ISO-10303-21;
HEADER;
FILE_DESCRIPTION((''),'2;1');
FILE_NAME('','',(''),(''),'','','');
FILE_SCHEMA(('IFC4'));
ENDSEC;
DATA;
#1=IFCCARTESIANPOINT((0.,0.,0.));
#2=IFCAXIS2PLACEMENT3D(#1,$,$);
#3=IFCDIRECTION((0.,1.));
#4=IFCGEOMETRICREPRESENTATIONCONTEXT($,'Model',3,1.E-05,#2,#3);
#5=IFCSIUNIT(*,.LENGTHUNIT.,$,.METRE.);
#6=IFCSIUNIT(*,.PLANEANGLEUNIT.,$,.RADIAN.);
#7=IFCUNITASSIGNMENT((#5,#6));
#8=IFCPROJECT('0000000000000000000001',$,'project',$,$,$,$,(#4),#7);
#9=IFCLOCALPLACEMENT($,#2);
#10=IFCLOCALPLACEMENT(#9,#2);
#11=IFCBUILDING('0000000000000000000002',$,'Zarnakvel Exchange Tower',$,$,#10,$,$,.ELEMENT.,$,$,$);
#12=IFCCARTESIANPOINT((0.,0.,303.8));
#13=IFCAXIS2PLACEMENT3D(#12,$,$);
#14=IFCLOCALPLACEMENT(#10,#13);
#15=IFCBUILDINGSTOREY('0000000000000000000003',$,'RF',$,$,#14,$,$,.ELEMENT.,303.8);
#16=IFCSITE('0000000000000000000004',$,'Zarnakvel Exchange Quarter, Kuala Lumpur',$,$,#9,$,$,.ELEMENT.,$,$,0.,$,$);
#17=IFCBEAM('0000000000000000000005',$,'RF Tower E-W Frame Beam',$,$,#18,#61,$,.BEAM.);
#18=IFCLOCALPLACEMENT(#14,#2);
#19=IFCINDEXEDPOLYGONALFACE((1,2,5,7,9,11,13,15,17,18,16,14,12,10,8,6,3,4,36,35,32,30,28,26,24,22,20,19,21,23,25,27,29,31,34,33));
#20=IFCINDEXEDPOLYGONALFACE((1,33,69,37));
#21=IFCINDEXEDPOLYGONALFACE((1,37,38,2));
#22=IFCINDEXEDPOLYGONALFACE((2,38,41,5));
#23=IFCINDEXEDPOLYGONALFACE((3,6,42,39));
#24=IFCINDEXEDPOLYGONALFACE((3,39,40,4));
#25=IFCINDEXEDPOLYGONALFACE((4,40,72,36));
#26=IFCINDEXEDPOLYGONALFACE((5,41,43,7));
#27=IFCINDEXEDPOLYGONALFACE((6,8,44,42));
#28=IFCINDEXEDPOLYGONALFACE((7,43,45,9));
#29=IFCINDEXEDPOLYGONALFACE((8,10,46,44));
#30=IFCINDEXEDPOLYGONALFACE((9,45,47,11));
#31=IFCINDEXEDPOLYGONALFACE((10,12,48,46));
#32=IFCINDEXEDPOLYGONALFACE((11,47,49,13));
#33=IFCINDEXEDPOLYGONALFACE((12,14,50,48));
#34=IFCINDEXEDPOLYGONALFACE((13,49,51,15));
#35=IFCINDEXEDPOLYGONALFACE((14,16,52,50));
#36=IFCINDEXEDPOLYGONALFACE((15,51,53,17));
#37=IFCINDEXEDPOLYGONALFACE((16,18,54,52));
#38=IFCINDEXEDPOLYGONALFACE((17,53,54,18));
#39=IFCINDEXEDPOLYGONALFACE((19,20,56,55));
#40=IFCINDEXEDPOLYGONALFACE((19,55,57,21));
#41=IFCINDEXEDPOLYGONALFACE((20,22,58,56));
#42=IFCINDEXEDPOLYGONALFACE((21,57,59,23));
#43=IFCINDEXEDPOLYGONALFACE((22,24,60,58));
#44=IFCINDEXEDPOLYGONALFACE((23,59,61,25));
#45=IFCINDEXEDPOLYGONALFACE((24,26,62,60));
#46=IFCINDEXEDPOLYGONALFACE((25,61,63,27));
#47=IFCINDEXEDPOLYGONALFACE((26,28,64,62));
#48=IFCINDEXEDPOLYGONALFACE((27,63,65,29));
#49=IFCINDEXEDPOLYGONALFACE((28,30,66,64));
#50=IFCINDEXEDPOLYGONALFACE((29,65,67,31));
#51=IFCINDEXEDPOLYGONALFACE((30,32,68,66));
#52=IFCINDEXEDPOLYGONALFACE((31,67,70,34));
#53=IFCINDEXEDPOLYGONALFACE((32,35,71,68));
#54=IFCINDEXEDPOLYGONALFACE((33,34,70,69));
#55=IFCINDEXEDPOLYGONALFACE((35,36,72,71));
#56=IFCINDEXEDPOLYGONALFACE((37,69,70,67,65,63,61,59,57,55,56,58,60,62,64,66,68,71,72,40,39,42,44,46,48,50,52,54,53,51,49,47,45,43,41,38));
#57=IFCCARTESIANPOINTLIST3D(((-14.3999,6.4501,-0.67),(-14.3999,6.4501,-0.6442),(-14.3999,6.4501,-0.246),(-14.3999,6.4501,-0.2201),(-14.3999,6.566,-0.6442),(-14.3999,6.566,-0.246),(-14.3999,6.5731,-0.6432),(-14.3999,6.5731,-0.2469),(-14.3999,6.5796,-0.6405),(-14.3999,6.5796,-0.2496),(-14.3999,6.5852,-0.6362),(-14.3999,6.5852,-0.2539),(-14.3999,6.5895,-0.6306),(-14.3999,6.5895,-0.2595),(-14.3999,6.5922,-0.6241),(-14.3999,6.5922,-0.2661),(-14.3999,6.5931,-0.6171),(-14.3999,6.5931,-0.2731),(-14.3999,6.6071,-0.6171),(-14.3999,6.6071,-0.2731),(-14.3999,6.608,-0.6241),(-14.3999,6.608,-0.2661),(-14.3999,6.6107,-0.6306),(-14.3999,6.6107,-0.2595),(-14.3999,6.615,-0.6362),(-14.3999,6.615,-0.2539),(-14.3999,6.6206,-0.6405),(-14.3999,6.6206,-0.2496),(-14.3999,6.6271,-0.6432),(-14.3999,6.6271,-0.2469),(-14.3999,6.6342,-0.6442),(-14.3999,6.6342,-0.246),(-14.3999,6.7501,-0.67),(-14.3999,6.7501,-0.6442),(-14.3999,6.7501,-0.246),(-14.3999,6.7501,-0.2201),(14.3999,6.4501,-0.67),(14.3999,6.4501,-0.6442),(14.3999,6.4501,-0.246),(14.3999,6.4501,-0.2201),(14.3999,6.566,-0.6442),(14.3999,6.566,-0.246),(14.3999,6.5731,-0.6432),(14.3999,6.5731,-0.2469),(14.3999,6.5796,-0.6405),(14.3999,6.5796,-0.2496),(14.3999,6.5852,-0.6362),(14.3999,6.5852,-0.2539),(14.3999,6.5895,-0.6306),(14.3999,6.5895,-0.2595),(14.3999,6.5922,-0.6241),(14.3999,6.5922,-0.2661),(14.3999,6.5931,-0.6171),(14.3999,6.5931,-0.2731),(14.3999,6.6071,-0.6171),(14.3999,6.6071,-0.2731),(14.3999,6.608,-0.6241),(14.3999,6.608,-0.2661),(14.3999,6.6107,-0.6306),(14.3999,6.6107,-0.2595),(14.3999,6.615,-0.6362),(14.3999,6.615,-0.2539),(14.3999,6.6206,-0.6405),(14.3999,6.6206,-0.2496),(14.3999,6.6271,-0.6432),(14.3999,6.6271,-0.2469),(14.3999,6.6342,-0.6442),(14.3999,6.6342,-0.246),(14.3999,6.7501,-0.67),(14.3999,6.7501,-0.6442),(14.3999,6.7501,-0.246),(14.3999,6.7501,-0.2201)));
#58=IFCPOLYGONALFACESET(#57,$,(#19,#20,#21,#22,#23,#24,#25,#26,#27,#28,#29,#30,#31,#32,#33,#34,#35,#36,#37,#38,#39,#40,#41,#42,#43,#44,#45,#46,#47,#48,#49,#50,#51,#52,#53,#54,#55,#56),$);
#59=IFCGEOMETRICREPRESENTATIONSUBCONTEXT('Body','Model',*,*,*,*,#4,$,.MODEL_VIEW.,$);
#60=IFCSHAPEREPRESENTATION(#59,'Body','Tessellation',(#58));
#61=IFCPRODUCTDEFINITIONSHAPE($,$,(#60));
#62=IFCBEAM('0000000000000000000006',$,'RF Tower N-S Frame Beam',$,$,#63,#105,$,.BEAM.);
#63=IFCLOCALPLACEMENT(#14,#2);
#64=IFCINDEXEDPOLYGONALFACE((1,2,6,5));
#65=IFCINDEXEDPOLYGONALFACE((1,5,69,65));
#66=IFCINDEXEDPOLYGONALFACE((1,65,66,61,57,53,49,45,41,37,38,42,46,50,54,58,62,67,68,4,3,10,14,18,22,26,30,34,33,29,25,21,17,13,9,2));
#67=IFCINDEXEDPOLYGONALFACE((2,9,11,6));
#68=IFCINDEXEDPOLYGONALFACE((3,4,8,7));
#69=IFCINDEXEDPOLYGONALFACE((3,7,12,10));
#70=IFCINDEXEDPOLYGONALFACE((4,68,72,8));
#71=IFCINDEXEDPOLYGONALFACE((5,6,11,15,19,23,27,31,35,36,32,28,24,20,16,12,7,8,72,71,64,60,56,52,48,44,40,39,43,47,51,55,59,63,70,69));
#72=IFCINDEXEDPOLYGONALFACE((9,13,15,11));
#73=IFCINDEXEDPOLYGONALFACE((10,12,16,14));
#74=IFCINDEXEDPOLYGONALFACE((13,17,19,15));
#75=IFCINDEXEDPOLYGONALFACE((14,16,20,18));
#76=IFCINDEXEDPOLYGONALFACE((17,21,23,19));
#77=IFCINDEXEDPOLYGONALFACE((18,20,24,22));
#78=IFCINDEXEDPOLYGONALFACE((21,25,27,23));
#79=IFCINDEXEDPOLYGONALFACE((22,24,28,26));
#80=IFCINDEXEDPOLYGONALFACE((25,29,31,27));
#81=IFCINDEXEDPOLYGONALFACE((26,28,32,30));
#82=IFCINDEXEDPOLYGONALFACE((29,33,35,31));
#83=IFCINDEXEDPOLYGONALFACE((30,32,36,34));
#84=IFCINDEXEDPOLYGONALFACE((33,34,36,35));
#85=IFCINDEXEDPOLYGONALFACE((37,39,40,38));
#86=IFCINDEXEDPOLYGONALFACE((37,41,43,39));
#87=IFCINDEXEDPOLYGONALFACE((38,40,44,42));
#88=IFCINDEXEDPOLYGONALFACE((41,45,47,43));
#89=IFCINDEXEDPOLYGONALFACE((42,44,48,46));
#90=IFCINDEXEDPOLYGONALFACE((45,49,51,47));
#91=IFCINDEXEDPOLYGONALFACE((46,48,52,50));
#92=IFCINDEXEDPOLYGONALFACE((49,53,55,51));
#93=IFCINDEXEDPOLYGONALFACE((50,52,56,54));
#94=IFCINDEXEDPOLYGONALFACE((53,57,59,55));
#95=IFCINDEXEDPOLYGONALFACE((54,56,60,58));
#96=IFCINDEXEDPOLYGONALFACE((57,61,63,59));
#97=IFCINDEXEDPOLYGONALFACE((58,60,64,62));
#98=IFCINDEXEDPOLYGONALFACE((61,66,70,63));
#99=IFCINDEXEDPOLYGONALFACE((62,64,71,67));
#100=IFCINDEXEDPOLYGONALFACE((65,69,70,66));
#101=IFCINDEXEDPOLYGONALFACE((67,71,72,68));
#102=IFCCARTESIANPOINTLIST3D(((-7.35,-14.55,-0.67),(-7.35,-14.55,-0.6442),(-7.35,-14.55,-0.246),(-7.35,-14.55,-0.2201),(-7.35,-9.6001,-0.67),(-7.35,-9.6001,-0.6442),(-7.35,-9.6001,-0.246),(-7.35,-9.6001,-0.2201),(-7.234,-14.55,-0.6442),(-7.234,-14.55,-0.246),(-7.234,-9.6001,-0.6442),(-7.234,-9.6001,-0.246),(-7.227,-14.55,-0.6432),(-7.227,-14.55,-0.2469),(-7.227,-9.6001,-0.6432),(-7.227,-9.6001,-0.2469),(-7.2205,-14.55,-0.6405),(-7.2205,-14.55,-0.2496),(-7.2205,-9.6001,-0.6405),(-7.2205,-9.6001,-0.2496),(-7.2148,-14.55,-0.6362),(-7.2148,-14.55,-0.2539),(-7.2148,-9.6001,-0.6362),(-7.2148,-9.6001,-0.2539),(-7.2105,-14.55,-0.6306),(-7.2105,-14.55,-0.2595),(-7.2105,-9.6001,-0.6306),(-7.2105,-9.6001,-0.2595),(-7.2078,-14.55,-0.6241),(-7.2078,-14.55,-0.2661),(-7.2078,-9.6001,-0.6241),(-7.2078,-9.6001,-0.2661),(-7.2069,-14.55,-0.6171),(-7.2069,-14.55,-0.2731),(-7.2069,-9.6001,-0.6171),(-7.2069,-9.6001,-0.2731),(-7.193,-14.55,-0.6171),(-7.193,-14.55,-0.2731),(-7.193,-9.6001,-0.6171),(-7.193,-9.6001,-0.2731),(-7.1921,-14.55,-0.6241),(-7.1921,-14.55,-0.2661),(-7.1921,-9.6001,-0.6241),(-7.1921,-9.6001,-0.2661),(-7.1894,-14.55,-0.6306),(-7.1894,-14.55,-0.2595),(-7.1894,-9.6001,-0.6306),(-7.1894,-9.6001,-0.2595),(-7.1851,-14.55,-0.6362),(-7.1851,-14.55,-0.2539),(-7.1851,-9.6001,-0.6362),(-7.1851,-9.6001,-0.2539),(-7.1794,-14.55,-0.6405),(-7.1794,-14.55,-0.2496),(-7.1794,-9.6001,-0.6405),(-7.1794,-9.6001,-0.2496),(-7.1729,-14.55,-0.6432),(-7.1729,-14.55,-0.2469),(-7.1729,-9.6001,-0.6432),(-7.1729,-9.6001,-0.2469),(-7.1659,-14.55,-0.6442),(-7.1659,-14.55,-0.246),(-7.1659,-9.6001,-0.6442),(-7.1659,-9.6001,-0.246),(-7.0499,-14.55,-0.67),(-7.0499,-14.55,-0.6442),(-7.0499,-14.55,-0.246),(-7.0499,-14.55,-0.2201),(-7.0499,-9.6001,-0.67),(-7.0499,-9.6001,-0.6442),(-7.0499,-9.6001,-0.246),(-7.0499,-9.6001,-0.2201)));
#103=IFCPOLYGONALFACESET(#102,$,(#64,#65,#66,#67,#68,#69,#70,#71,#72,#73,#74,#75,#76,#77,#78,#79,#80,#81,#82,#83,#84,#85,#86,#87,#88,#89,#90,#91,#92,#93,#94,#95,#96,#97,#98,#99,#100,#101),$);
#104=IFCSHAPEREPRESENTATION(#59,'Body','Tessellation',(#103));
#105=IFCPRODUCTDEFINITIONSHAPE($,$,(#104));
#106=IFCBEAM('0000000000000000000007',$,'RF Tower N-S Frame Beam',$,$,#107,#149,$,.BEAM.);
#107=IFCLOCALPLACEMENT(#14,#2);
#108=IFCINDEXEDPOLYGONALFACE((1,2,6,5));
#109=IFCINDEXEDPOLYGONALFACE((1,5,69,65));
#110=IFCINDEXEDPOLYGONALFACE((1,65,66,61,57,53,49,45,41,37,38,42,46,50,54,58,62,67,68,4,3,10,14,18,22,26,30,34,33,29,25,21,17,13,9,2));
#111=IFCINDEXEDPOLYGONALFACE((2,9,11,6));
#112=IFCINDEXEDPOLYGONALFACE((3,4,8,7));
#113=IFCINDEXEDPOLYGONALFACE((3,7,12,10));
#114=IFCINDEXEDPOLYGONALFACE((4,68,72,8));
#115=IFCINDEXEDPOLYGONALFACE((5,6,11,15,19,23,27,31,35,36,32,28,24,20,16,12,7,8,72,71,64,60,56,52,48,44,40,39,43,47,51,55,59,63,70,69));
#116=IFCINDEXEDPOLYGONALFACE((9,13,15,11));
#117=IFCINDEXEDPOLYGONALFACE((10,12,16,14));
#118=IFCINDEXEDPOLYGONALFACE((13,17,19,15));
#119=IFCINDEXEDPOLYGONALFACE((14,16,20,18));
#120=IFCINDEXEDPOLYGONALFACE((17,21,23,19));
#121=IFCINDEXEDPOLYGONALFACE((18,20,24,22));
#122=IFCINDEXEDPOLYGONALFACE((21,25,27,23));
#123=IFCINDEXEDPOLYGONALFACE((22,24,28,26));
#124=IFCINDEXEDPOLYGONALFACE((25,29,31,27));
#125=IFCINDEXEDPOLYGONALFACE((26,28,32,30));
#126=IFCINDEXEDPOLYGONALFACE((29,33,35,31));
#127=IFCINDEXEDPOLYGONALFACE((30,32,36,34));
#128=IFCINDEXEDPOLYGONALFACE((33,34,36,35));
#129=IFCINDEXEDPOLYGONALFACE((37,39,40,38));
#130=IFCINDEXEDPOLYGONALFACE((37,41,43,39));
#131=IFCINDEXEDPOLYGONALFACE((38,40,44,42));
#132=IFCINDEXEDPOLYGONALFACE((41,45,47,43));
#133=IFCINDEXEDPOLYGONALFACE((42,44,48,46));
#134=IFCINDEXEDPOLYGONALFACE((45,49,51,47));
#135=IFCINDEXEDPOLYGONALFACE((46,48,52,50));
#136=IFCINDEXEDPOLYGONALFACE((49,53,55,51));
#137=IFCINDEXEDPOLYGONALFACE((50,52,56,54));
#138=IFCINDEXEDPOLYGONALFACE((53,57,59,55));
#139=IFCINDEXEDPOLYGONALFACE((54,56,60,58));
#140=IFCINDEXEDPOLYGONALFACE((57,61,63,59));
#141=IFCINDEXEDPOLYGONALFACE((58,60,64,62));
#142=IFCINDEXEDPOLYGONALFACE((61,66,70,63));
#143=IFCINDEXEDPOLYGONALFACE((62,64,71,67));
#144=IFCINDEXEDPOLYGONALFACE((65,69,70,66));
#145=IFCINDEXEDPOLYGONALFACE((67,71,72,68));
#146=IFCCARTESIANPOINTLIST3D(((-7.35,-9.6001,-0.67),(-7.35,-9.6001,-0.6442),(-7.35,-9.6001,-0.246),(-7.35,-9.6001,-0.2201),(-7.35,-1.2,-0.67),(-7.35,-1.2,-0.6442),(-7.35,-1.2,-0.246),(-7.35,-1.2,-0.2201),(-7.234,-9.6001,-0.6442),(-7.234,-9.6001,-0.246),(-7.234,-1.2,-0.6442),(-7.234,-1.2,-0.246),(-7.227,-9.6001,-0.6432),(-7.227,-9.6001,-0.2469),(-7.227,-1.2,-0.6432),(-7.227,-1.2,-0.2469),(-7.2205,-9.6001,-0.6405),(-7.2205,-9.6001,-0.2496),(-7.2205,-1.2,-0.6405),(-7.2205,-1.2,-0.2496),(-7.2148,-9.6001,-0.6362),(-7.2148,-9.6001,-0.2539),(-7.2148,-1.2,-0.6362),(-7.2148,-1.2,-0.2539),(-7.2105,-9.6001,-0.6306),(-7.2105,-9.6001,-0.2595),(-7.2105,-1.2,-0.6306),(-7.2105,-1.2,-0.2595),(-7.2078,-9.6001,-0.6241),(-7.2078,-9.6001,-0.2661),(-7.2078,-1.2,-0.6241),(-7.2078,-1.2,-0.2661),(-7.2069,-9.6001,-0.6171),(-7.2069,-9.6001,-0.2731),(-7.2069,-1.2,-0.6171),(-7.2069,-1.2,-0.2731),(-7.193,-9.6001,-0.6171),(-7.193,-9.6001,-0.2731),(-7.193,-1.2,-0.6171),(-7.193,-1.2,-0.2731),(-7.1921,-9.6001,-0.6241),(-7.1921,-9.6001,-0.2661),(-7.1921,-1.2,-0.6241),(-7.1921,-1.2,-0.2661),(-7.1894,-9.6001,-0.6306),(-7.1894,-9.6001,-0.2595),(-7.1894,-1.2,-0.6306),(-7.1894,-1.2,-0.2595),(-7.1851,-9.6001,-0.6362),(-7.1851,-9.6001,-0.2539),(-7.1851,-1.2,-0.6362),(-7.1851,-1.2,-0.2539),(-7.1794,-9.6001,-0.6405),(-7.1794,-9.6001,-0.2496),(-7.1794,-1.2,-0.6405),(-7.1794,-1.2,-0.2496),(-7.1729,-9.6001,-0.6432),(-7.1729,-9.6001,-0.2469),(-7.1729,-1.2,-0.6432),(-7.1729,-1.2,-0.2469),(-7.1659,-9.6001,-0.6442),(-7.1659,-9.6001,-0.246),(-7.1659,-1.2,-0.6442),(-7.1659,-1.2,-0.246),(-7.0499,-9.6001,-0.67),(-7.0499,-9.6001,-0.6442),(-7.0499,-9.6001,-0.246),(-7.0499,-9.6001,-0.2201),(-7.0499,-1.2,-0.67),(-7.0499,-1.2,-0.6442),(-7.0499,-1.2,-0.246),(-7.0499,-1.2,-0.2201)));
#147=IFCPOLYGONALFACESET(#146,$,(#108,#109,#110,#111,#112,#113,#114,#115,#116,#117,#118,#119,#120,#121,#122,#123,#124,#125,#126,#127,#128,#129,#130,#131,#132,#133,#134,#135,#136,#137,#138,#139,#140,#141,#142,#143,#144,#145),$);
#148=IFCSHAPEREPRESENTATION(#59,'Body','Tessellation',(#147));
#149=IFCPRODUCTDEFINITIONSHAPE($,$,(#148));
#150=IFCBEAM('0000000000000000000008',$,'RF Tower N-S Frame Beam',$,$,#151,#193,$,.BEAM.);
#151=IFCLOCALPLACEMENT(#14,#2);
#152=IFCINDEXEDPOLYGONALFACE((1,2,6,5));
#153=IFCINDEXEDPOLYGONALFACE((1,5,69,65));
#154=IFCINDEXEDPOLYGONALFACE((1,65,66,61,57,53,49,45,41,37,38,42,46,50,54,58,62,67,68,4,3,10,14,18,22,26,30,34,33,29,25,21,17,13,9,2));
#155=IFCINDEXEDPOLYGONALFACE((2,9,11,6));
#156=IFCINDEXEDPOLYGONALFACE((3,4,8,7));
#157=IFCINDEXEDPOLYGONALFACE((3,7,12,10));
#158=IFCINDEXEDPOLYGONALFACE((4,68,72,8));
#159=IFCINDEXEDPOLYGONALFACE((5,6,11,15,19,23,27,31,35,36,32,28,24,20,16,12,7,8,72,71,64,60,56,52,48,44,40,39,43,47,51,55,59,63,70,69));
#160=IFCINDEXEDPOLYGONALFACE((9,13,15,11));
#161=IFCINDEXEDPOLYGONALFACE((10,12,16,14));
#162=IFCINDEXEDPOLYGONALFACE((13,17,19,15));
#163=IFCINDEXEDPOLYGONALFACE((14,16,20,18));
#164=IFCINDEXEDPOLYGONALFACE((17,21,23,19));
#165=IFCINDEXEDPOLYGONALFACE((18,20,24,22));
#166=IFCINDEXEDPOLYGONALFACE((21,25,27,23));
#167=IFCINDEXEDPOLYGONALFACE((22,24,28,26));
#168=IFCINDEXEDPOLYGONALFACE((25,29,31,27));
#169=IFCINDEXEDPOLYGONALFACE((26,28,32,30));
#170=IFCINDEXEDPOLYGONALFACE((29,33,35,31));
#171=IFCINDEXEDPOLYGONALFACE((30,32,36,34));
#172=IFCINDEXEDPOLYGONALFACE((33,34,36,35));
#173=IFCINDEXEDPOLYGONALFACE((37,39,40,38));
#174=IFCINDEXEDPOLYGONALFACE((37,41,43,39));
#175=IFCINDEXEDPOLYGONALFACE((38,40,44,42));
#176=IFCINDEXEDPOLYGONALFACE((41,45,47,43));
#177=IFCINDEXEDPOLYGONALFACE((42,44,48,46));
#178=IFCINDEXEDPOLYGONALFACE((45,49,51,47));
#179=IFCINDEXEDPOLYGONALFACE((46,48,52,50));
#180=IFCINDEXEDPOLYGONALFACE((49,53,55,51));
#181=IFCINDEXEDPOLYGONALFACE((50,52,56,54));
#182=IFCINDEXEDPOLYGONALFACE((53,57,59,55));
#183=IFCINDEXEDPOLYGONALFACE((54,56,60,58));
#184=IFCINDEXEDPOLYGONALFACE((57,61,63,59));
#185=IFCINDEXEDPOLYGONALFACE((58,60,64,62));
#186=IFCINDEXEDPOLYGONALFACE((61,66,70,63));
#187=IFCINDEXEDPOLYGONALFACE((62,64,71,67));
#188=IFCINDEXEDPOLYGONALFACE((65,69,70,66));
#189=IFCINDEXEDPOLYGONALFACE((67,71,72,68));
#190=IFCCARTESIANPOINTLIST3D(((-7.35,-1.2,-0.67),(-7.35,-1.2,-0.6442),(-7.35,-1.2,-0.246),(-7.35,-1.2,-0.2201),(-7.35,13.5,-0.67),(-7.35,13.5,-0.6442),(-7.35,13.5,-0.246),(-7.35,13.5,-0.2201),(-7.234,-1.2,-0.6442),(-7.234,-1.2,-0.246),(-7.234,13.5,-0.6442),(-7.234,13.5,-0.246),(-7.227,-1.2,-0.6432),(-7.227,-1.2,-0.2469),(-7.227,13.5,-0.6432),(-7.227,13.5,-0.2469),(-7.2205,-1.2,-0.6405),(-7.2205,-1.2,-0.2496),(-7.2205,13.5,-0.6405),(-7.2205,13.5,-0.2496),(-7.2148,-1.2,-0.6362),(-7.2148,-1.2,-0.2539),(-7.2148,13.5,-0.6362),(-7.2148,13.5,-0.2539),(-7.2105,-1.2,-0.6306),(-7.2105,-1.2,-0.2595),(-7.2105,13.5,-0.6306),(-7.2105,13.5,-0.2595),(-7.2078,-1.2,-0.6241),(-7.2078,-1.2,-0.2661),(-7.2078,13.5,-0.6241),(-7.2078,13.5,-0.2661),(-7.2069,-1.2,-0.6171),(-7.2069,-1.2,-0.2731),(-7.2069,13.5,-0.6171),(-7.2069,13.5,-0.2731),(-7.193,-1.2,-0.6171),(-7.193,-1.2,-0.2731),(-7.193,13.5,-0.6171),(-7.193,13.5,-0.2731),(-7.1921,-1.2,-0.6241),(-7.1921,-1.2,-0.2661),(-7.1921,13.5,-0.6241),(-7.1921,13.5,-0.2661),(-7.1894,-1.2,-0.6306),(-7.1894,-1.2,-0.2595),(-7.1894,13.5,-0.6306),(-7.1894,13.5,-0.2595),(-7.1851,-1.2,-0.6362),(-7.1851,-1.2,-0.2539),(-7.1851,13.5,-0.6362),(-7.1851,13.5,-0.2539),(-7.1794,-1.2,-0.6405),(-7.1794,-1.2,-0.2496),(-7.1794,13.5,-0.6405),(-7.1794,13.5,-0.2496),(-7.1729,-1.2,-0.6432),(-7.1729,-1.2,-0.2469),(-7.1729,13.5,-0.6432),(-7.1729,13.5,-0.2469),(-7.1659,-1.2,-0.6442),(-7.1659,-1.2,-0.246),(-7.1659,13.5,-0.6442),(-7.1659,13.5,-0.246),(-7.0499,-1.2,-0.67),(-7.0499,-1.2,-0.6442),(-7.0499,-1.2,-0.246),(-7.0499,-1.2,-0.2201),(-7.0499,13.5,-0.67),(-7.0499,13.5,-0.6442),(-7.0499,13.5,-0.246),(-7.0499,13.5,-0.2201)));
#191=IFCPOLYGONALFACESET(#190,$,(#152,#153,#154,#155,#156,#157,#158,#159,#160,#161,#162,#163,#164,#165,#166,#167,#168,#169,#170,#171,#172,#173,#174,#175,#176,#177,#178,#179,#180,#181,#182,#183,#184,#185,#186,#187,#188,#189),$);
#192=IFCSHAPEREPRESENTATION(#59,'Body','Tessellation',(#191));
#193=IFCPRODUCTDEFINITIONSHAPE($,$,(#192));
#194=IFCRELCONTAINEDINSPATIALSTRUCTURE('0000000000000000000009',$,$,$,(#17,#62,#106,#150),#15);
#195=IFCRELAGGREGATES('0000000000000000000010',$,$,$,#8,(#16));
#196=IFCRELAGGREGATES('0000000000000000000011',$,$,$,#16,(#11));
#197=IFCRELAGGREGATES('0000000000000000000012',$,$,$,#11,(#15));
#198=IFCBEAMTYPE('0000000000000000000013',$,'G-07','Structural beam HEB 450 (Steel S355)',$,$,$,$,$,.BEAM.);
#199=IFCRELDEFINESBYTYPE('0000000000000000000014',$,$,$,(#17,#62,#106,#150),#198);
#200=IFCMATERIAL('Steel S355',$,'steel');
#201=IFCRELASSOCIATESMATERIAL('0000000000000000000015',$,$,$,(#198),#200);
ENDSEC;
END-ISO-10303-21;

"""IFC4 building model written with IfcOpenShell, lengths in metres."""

from ifc_helpers import new_model, si_unit, direction, frame, origin, origin_2d, place, context, subcontext, project, spatial, i_section, extrude, material, material_profile, profile_set, type_object, element, save


model = new_model("IFC4")

# Units and contexts
model_context = context("Model", 3, precision=1e-05, world=origin(), true_north=direction((0.0, 1.0)))
body_context = subcontext(model_context, "Body", "Model", "MODEL_VIEW")
ifc_project = project(units=[si_unit("LENGTHUNIT", "METRE"), si_unit("PLANEANGLEUNIT", "RADIAN")], contexts=[model_context])

# Site, building, storey
site_placement = place(None, origin())
site = spatial("IfcSite", under=ifc_project, at=site_placement, Name="Zarnakvel Exchange Quarter, Kuala Lumpur", CompositionType="ELEMENT", RefElevation=0.0)
building_placement = place(site_placement, origin())
building = spatial("IfcBuilding", under=site, at=building_placement, Name="Zarnakvel Exchange Tower", CompositionType="ELEMENT")
storey_placement = place(building_placement, frame((0.0, 0.0, 303.8)))
storey = spatial("IfcBuildingStorey", under=building, at=storey_placement, Name="RF", CompositionType="ELEMENT", Elevation=303.8)

# Beams
ifc_material_1 = material(Name="Steel S355", Category="steel")
ifc_material_profile_1 = material_profile(ifc_material_1, i_section(OverallWidth=0.3, OverallDepth=0.45, WebThickness=0.0139, FlangeThickness=0.0259, FilletRadius=0.0271, at=origin_2d()))
ifc_profile_set_1 = profile_set([ifc_material_profile_1], Name="Steel S355")
beam_type_1 = type_object("IfcBeamType", Name="G-07", Description="Structural beam HEB 450 (Steel S355)", PredefinedType="BEAM", material=ifc_profile_set_1)
beam_1_placement = place(storey_placement, frame((-14.3999, 6.6001, -0.4451), z_axis=(1.0, 0.0, 0.0), x_axis=(0.0, 1.0, 0.0)))
element("IfcBeam", 1, at=beam_1_placement, inside=storey, type_object=beam_type_1, Name="RF Tower E-W Frame Beam", PredefinedType="BEAM", context=body_context, shape_type="SweptSolid", body=[
    extrude(i_section(OverallWidth=0.3, OverallDepth=0.45, WebThickness=0.0139, FlangeThickness=0.0259, FilletRadius=0.0271, at=origin_2d()), origin(), (0.0, 0.0, 1.0), 28.7998),
])
beam_2_placement = place(storey_placement, frame((-7.2, -14.55, -0.4451), z_axis=(0.0, 1.0, 0.0), x_axis=(-1.0, 0.0, 0.0)))
element("IfcBeam", 2, at=beam_2_placement, inside=storey, type_object=beam_type_1, Name="RF Tower N-S Frame Beam", PredefinedType="BEAM", context=body_context, shape_type="SweptSolid", body=[
    extrude(i_section(OverallWidth=0.3, OverallDepth=0.45, WebThickness=0.0139, FlangeThickness=0.0259, FilletRadius=0.0271, at=origin_2d()), origin(), (0.0, 0.0, 1.0), 4.95),
])
beam_3_placement = place(storey_placement, frame((-7.2, -9.6001, -0.4451), z_axis=(0.0, 1.0, 0.0), x_axis=(-1.0, 0.0, 0.0)))
element("IfcBeam", 3, at=beam_3_placement, inside=storey, type_object=beam_type_1, Name="RF Tower N-S Frame Beam", PredefinedType="BEAM", context=body_context, shape_type="SweptSolid", body=[
    extrude(i_section(OverallWidth=0.3, OverallDepth=0.45, WebThickness=0.0139, FlangeThickness=0.0259, FilletRadius=0.0271, at=origin_2d()), origin(), (0.0, 0.0, 1.0), 8.4001),
])
beam_4_placement = place(storey_placement, frame((-7.2, -1.2, -0.4451), z_axis=(0.0, 1.0, 0.0), x_axis=(-1.0, 0.0, 0.0)))
element("IfcBeam", 4, at=beam_4_placement, inside=storey, type_object=beam_type_1, Name="RF Tower N-S Frame Beam", PredefinedType="BEAM", context=body_context, shape_type="SweptSolid", body=[
    extrude(i_section(OverallWidth=0.3, OverallDepth=0.45, WebThickness=0.0139, FlangeThickness=0.0259, FilletRadius=0.0271, at=origin_2d()), origin(), (0.0, 0.0, 1.0), 14.7),
])

save(model, "model.ifc")
